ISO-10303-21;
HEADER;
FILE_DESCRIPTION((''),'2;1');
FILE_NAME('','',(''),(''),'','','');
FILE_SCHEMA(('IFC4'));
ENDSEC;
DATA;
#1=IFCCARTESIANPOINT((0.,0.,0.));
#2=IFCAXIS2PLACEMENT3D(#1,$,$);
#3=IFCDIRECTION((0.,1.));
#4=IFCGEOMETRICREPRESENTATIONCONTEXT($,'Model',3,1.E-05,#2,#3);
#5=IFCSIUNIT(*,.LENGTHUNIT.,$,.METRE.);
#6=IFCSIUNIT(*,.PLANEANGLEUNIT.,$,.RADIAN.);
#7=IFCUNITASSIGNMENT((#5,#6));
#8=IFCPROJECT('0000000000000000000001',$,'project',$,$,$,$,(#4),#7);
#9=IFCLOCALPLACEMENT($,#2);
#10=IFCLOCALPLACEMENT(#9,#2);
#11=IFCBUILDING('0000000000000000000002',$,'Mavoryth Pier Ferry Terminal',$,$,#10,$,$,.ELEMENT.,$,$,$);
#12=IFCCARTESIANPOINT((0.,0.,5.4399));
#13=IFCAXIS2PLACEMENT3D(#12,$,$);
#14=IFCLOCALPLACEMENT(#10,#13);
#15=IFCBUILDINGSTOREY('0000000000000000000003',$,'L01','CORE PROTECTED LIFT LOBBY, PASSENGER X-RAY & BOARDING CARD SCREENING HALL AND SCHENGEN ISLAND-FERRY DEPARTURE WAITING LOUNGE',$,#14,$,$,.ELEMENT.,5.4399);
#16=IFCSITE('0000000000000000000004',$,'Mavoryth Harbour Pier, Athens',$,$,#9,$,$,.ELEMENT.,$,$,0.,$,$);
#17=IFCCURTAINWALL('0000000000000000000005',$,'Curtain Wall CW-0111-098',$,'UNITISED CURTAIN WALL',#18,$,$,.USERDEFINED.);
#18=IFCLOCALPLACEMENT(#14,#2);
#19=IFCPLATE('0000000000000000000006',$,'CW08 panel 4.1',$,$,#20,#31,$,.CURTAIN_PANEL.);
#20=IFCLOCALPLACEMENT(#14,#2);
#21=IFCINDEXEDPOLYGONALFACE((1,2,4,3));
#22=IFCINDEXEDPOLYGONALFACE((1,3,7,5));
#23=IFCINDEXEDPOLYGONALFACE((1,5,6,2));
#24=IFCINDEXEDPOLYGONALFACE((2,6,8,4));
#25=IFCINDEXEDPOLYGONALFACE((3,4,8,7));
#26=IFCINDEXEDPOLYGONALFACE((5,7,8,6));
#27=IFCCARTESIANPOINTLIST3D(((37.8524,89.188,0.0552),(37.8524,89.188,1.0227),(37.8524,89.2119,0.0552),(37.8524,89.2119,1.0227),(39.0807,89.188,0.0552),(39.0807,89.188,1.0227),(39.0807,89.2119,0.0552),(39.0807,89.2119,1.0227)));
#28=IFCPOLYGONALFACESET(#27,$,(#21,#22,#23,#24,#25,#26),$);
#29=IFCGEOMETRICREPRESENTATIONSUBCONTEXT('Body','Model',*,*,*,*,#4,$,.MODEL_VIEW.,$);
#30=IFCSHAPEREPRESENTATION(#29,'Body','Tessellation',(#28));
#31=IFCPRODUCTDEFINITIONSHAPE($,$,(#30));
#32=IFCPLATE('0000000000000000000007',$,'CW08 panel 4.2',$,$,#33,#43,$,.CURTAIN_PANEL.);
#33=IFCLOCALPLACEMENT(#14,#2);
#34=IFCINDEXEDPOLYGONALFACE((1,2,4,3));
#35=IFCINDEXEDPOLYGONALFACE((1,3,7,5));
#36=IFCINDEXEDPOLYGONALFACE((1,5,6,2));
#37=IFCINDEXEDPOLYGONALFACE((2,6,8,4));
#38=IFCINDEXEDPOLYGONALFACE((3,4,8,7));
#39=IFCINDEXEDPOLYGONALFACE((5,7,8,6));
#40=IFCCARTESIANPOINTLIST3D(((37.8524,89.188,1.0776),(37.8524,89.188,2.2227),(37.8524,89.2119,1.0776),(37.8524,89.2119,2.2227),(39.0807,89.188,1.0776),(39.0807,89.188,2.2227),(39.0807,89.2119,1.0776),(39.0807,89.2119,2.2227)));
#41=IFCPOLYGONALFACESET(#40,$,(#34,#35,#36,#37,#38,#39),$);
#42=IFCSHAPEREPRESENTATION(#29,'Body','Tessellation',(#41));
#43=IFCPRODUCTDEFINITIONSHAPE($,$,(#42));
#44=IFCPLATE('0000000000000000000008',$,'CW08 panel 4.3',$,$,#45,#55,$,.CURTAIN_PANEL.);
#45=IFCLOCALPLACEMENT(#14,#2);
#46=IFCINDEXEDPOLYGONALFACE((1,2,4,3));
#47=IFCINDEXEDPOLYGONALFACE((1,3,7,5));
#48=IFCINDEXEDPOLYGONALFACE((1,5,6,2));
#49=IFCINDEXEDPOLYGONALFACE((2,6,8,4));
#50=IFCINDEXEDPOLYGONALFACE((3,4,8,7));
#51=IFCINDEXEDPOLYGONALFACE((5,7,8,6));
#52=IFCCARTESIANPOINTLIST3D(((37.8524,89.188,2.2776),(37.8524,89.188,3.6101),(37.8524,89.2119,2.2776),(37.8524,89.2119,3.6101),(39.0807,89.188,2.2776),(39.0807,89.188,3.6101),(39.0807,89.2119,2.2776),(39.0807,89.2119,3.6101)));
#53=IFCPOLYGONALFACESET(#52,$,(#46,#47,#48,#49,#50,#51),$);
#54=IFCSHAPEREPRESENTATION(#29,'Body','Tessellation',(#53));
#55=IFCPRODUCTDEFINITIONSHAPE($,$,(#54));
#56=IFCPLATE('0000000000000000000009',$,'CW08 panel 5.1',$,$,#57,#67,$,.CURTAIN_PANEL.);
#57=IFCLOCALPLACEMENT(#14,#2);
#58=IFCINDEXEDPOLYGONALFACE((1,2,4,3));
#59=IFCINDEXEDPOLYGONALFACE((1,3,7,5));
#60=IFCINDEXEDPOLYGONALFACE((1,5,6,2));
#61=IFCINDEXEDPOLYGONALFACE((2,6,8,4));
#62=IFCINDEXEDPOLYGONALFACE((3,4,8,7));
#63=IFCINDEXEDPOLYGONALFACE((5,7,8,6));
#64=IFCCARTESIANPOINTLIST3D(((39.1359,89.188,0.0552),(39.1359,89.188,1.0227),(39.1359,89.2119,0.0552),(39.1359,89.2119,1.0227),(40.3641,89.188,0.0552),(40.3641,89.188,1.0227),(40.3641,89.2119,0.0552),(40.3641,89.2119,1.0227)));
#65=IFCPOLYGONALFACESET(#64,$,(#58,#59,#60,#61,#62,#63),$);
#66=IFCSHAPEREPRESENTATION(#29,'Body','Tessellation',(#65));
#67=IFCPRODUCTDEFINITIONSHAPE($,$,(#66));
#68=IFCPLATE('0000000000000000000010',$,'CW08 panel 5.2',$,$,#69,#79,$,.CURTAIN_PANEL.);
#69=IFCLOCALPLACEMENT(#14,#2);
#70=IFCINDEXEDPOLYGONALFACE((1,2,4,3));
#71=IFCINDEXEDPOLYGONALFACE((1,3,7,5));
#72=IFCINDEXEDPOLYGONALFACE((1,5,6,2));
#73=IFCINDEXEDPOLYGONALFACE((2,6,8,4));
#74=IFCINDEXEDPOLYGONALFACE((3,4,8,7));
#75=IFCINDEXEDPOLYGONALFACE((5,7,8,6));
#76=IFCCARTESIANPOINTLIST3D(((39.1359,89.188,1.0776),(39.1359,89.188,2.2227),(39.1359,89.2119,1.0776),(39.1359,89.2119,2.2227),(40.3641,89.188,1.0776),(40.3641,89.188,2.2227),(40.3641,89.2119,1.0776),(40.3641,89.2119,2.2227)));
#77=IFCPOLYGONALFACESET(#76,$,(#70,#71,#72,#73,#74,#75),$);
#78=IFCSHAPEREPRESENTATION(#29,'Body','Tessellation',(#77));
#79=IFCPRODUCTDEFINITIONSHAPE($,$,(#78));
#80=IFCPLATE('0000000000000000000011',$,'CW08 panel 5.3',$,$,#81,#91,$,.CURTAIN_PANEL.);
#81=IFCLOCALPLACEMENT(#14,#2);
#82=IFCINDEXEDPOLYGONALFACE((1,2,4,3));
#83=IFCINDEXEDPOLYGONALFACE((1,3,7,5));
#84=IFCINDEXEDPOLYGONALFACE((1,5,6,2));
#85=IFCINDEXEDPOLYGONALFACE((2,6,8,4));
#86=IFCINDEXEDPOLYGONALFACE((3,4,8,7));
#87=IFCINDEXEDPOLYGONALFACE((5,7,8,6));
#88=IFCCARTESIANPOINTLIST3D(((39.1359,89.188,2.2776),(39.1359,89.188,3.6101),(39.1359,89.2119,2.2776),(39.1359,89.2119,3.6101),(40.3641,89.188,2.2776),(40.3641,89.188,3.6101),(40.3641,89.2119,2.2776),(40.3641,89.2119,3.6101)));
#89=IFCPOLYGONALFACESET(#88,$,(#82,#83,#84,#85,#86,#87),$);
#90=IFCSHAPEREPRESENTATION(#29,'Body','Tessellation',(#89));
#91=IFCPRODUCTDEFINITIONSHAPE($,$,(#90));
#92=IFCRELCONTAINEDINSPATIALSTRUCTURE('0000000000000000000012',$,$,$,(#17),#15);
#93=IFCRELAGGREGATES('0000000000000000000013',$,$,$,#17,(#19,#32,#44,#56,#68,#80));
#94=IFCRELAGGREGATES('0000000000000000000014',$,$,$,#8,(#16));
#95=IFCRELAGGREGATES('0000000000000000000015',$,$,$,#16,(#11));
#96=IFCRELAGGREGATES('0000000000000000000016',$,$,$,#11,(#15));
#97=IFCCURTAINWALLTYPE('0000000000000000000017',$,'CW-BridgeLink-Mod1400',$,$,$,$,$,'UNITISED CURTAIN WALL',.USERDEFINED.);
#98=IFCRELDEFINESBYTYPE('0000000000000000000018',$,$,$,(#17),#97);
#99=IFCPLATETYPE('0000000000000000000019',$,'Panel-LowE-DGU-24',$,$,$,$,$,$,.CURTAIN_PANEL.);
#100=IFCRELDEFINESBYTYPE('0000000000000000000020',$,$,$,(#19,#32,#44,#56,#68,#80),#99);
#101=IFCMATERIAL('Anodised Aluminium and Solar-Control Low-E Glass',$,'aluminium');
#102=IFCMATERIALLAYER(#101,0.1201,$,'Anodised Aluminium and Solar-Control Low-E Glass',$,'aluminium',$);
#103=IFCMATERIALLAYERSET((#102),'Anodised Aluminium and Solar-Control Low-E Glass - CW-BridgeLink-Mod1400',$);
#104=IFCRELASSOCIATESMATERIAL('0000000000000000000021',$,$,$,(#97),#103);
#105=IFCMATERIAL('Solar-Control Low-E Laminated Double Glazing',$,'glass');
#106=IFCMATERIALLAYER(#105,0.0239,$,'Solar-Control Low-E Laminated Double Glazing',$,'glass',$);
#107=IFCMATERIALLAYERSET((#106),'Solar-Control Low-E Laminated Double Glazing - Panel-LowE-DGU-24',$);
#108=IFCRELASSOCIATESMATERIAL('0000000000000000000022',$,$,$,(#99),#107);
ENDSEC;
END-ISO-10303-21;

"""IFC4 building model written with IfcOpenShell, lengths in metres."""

from ifc_helpers import new_model, si_unit, direction, frame, origin, origin_2d, place, context, subcontext, project, spatial, rectangle, extrude, material, layer, layer_set, type_object, element, aggregate, save


model = new_model("IFC4")

# Units and contexts
model_context = context("Model", 3, precision=1e-05, world=origin(), true_north=direction((0.0, 1.0)))
body_context = subcontext(model_context, "Body", "Model", "MODEL_VIEW")
ifc_project = project(units=[si_unit("LENGTHUNIT", "METRE"), si_unit("PLANEANGLEUNIT", "RADIAN")], contexts=[model_context])

# Site, building, storey
site_placement = place(None, origin())
site = spatial("IfcSite", under=ifc_project, at=site_placement, Name="Mavoryth Harbour Pier, Athens", CompositionType="ELEMENT", RefElevation=0.0)
building_placement = place(site_placement, origin())
building = spatial("IfcBuilding", under=site, at=building_placement, Name="Mavoryth Pier Ferry Terminal", CompositionType="ELEMENT")
storey_placement = place(building_placement, frame((0.0, 0.0, 5.4399)))
storey = spatial("IfcBuildingStorey", under=building, at=storey_placement, Name="L01", Description="CORE PROTECTED LIFT LOBBY, PASSENGER X-RAY & BOARDING CARD SCREENING HALL AND SCHENGEN ISLAND-FERRY DEPARTURE WAITING LOUNGE", CompositionType="ELEMENT", Elevation=5.4399)

# Curtain wall, plates
ifc_material_1 = material(Name="Anodised Aluminium and Solar-Control Low-E Glass", Category="aluminium")
ifc_layer_1 = layer(ifc_material_1, 0.1201, Name="Anodised Aluminium and Solar-Control Low-E Glass", Category="aluminium")
ifc_layer_set_1 = layer_set([ifc_layer_1], Name="Anodised Aluminium and Solar-Control Low-E Glass - CW-BridgeLink-Mod1400")
curtain_wall_type = type_object("IfcCurtainWallType", Name="CW-BridgeLink-Mod1400", ElementType="UNITISED CURTAIN WALL", PredefinedType="USERDEFINED", material=ifc_layer_set_1)
curtain_wall_placement = place(storey_placement, origin())
curtain_wall = element("IfcCurtainWall", 1, at=curtain_wall_placement, inside=storey, type_object=curtain_wall_type, Name="Curtain Wall CW-0111-098", ObjectType="UNITISED CURTAIN WALL", PredefinedType="USERDEFINED")
ifc_material_2 = material(Name="Solar-Control Low-E Laminated Double Glazing", Category="glass")
ifc_layer_2 = layer(ifc_material_2, 0.0239, Name="Solar-Control Low-E Laminated Double Glazing", Category="glass")
ifc_layer_set_2 = layer_set([ifc_layer_2], Name="Solar-Control Low-E Laminated Double Glazing - Panel-LowE-DGU-24")
plate_type = type_object("IfcPlateType", Name="Panel-LowE-DGU-24", PredefinedType="CURTAIN_PANEL", material=ifc_layer_set_2)
plate_1_placement = place(storey_placement, frame((38.4666, 89.2, 0.0552), z_axis=(0.0, 0.0, 1.0), x_axis=(1.0, 0.0, 0.0)))
plate_1 = element("IfcPlate", 2, at=plate_1_placement, type_object=plate_type, Name="CW08 panel 4.1", PredefinedType="CURTAIN_PANEL", context=body_context, shape_type="SweptSolid", body=[
    extrude(rectangle(XDim=1.2283, YDim=0.0239, at=origin_2d()), origin(), (0.0, 0.0, 1.0), 0.9675),
])
plate_2_placement = place(storey_placement, frame((38.4666, 89.2, 1.0776), z_axis=(0.0, 0.0, 1.0), x_axis=(1.0, 0.0, 0.0)))
plate_2 = element("IfcPlate", 3, at=plate_2_placement, type_object=plate_type, Name="CW08 panel 4.2", PredefinedType="CURTAIN_PANEL", context=body_context, shape_type="SweptSolid", body=[
    extrude(rectangle(XDim=1.2283, YDim=0.0239, at=origin_2d()), origin(), (0.0, 0.0, 1.0), 1.145),
])
plate_3_placement = place(storey_placement, frame((38.4666, 89.2, 2.2776), z_axis=(0.0, 0.0, 1.0), x_axis=(1.0, 0.0, 0.0)))
plate_3 = element("IfcPlate", 4, at=plate_3_placement, type_object=plate_type, Name="CW08 panel 4.3", PredefinedType="CURTAIN_PANEL", context=body_context, shape_type="SweptSolid", body=[
    extrude(rectangle(XDim=1.2283, YDim=0.0239, at=origin_2d()), origin(), (0.0, 0.0, 1.0), 1.3325),
])
plate_4_placement = place(storey_placement, frame((39.75, 89.2, 0.0552), z_axis=(0.0, 0.0, 1.0), x_axis=(1.0, 0.0, 0.0)))
plate_4 = element("IfcPlate", 5, at=plate_4_placement, type_object=plate_type, Name="CW08 panel 5.1", PredefinedType="CURTAIN_PANEL", context=body_context, shape_type="SweptSolid", body=[
    extrude(rectangle(XDim=1.2283, YDim=0.0239, at=origin_2d()), origin(), (0.0, 0.0, 1.0), 0.9675),
])
plate_5_placement = place(storey_placement, frame((39.75, 89.2, 1.0776), z_axis=(0.0, 0.0, 1.0), x_axis=(1.0, 0.0, 0.0)))
plate_5 = element("IfcPlate", 6, at=plate_5_placement, type_object=plate_type, Name="CW08 panel 5.2", PredefinedType="CURTAIN_PANEL", context=body_context, shape_type="SweptSolid", body=[
    extrude(rectangle(XDim=1.2283, YDim=0.0239, at=origin_2d()), origin(), (0.0, 0.0, 1.0), 1.145),
])
plate_6_placement = place(storey_placement, frame((39.75, 89.2, 2.2776), z_axis=(0.0, 0.0, 1.0), x_axis=(1.0, 0.0, 0.0)))
plate_6 = element("IfcPlate", 7, at=plate_6_placement, type_object=plate_type, Name="CW08 panel 5.3", PredefinedType="CURTAIN_PANEL", context=body_context, shape_type="SweptSolid", body=[
    extrude(rectangle(XDim=1.2283, YDim=0.0239, at=origin_2d()), origin(), (0.0, 0.0, 1.0), 1.3325),
])
aggregate(curtain_wall, [plate_1, plate_2, plate_3, plate_4, plate_5, plate_6])

save(model, "model.ifc")
